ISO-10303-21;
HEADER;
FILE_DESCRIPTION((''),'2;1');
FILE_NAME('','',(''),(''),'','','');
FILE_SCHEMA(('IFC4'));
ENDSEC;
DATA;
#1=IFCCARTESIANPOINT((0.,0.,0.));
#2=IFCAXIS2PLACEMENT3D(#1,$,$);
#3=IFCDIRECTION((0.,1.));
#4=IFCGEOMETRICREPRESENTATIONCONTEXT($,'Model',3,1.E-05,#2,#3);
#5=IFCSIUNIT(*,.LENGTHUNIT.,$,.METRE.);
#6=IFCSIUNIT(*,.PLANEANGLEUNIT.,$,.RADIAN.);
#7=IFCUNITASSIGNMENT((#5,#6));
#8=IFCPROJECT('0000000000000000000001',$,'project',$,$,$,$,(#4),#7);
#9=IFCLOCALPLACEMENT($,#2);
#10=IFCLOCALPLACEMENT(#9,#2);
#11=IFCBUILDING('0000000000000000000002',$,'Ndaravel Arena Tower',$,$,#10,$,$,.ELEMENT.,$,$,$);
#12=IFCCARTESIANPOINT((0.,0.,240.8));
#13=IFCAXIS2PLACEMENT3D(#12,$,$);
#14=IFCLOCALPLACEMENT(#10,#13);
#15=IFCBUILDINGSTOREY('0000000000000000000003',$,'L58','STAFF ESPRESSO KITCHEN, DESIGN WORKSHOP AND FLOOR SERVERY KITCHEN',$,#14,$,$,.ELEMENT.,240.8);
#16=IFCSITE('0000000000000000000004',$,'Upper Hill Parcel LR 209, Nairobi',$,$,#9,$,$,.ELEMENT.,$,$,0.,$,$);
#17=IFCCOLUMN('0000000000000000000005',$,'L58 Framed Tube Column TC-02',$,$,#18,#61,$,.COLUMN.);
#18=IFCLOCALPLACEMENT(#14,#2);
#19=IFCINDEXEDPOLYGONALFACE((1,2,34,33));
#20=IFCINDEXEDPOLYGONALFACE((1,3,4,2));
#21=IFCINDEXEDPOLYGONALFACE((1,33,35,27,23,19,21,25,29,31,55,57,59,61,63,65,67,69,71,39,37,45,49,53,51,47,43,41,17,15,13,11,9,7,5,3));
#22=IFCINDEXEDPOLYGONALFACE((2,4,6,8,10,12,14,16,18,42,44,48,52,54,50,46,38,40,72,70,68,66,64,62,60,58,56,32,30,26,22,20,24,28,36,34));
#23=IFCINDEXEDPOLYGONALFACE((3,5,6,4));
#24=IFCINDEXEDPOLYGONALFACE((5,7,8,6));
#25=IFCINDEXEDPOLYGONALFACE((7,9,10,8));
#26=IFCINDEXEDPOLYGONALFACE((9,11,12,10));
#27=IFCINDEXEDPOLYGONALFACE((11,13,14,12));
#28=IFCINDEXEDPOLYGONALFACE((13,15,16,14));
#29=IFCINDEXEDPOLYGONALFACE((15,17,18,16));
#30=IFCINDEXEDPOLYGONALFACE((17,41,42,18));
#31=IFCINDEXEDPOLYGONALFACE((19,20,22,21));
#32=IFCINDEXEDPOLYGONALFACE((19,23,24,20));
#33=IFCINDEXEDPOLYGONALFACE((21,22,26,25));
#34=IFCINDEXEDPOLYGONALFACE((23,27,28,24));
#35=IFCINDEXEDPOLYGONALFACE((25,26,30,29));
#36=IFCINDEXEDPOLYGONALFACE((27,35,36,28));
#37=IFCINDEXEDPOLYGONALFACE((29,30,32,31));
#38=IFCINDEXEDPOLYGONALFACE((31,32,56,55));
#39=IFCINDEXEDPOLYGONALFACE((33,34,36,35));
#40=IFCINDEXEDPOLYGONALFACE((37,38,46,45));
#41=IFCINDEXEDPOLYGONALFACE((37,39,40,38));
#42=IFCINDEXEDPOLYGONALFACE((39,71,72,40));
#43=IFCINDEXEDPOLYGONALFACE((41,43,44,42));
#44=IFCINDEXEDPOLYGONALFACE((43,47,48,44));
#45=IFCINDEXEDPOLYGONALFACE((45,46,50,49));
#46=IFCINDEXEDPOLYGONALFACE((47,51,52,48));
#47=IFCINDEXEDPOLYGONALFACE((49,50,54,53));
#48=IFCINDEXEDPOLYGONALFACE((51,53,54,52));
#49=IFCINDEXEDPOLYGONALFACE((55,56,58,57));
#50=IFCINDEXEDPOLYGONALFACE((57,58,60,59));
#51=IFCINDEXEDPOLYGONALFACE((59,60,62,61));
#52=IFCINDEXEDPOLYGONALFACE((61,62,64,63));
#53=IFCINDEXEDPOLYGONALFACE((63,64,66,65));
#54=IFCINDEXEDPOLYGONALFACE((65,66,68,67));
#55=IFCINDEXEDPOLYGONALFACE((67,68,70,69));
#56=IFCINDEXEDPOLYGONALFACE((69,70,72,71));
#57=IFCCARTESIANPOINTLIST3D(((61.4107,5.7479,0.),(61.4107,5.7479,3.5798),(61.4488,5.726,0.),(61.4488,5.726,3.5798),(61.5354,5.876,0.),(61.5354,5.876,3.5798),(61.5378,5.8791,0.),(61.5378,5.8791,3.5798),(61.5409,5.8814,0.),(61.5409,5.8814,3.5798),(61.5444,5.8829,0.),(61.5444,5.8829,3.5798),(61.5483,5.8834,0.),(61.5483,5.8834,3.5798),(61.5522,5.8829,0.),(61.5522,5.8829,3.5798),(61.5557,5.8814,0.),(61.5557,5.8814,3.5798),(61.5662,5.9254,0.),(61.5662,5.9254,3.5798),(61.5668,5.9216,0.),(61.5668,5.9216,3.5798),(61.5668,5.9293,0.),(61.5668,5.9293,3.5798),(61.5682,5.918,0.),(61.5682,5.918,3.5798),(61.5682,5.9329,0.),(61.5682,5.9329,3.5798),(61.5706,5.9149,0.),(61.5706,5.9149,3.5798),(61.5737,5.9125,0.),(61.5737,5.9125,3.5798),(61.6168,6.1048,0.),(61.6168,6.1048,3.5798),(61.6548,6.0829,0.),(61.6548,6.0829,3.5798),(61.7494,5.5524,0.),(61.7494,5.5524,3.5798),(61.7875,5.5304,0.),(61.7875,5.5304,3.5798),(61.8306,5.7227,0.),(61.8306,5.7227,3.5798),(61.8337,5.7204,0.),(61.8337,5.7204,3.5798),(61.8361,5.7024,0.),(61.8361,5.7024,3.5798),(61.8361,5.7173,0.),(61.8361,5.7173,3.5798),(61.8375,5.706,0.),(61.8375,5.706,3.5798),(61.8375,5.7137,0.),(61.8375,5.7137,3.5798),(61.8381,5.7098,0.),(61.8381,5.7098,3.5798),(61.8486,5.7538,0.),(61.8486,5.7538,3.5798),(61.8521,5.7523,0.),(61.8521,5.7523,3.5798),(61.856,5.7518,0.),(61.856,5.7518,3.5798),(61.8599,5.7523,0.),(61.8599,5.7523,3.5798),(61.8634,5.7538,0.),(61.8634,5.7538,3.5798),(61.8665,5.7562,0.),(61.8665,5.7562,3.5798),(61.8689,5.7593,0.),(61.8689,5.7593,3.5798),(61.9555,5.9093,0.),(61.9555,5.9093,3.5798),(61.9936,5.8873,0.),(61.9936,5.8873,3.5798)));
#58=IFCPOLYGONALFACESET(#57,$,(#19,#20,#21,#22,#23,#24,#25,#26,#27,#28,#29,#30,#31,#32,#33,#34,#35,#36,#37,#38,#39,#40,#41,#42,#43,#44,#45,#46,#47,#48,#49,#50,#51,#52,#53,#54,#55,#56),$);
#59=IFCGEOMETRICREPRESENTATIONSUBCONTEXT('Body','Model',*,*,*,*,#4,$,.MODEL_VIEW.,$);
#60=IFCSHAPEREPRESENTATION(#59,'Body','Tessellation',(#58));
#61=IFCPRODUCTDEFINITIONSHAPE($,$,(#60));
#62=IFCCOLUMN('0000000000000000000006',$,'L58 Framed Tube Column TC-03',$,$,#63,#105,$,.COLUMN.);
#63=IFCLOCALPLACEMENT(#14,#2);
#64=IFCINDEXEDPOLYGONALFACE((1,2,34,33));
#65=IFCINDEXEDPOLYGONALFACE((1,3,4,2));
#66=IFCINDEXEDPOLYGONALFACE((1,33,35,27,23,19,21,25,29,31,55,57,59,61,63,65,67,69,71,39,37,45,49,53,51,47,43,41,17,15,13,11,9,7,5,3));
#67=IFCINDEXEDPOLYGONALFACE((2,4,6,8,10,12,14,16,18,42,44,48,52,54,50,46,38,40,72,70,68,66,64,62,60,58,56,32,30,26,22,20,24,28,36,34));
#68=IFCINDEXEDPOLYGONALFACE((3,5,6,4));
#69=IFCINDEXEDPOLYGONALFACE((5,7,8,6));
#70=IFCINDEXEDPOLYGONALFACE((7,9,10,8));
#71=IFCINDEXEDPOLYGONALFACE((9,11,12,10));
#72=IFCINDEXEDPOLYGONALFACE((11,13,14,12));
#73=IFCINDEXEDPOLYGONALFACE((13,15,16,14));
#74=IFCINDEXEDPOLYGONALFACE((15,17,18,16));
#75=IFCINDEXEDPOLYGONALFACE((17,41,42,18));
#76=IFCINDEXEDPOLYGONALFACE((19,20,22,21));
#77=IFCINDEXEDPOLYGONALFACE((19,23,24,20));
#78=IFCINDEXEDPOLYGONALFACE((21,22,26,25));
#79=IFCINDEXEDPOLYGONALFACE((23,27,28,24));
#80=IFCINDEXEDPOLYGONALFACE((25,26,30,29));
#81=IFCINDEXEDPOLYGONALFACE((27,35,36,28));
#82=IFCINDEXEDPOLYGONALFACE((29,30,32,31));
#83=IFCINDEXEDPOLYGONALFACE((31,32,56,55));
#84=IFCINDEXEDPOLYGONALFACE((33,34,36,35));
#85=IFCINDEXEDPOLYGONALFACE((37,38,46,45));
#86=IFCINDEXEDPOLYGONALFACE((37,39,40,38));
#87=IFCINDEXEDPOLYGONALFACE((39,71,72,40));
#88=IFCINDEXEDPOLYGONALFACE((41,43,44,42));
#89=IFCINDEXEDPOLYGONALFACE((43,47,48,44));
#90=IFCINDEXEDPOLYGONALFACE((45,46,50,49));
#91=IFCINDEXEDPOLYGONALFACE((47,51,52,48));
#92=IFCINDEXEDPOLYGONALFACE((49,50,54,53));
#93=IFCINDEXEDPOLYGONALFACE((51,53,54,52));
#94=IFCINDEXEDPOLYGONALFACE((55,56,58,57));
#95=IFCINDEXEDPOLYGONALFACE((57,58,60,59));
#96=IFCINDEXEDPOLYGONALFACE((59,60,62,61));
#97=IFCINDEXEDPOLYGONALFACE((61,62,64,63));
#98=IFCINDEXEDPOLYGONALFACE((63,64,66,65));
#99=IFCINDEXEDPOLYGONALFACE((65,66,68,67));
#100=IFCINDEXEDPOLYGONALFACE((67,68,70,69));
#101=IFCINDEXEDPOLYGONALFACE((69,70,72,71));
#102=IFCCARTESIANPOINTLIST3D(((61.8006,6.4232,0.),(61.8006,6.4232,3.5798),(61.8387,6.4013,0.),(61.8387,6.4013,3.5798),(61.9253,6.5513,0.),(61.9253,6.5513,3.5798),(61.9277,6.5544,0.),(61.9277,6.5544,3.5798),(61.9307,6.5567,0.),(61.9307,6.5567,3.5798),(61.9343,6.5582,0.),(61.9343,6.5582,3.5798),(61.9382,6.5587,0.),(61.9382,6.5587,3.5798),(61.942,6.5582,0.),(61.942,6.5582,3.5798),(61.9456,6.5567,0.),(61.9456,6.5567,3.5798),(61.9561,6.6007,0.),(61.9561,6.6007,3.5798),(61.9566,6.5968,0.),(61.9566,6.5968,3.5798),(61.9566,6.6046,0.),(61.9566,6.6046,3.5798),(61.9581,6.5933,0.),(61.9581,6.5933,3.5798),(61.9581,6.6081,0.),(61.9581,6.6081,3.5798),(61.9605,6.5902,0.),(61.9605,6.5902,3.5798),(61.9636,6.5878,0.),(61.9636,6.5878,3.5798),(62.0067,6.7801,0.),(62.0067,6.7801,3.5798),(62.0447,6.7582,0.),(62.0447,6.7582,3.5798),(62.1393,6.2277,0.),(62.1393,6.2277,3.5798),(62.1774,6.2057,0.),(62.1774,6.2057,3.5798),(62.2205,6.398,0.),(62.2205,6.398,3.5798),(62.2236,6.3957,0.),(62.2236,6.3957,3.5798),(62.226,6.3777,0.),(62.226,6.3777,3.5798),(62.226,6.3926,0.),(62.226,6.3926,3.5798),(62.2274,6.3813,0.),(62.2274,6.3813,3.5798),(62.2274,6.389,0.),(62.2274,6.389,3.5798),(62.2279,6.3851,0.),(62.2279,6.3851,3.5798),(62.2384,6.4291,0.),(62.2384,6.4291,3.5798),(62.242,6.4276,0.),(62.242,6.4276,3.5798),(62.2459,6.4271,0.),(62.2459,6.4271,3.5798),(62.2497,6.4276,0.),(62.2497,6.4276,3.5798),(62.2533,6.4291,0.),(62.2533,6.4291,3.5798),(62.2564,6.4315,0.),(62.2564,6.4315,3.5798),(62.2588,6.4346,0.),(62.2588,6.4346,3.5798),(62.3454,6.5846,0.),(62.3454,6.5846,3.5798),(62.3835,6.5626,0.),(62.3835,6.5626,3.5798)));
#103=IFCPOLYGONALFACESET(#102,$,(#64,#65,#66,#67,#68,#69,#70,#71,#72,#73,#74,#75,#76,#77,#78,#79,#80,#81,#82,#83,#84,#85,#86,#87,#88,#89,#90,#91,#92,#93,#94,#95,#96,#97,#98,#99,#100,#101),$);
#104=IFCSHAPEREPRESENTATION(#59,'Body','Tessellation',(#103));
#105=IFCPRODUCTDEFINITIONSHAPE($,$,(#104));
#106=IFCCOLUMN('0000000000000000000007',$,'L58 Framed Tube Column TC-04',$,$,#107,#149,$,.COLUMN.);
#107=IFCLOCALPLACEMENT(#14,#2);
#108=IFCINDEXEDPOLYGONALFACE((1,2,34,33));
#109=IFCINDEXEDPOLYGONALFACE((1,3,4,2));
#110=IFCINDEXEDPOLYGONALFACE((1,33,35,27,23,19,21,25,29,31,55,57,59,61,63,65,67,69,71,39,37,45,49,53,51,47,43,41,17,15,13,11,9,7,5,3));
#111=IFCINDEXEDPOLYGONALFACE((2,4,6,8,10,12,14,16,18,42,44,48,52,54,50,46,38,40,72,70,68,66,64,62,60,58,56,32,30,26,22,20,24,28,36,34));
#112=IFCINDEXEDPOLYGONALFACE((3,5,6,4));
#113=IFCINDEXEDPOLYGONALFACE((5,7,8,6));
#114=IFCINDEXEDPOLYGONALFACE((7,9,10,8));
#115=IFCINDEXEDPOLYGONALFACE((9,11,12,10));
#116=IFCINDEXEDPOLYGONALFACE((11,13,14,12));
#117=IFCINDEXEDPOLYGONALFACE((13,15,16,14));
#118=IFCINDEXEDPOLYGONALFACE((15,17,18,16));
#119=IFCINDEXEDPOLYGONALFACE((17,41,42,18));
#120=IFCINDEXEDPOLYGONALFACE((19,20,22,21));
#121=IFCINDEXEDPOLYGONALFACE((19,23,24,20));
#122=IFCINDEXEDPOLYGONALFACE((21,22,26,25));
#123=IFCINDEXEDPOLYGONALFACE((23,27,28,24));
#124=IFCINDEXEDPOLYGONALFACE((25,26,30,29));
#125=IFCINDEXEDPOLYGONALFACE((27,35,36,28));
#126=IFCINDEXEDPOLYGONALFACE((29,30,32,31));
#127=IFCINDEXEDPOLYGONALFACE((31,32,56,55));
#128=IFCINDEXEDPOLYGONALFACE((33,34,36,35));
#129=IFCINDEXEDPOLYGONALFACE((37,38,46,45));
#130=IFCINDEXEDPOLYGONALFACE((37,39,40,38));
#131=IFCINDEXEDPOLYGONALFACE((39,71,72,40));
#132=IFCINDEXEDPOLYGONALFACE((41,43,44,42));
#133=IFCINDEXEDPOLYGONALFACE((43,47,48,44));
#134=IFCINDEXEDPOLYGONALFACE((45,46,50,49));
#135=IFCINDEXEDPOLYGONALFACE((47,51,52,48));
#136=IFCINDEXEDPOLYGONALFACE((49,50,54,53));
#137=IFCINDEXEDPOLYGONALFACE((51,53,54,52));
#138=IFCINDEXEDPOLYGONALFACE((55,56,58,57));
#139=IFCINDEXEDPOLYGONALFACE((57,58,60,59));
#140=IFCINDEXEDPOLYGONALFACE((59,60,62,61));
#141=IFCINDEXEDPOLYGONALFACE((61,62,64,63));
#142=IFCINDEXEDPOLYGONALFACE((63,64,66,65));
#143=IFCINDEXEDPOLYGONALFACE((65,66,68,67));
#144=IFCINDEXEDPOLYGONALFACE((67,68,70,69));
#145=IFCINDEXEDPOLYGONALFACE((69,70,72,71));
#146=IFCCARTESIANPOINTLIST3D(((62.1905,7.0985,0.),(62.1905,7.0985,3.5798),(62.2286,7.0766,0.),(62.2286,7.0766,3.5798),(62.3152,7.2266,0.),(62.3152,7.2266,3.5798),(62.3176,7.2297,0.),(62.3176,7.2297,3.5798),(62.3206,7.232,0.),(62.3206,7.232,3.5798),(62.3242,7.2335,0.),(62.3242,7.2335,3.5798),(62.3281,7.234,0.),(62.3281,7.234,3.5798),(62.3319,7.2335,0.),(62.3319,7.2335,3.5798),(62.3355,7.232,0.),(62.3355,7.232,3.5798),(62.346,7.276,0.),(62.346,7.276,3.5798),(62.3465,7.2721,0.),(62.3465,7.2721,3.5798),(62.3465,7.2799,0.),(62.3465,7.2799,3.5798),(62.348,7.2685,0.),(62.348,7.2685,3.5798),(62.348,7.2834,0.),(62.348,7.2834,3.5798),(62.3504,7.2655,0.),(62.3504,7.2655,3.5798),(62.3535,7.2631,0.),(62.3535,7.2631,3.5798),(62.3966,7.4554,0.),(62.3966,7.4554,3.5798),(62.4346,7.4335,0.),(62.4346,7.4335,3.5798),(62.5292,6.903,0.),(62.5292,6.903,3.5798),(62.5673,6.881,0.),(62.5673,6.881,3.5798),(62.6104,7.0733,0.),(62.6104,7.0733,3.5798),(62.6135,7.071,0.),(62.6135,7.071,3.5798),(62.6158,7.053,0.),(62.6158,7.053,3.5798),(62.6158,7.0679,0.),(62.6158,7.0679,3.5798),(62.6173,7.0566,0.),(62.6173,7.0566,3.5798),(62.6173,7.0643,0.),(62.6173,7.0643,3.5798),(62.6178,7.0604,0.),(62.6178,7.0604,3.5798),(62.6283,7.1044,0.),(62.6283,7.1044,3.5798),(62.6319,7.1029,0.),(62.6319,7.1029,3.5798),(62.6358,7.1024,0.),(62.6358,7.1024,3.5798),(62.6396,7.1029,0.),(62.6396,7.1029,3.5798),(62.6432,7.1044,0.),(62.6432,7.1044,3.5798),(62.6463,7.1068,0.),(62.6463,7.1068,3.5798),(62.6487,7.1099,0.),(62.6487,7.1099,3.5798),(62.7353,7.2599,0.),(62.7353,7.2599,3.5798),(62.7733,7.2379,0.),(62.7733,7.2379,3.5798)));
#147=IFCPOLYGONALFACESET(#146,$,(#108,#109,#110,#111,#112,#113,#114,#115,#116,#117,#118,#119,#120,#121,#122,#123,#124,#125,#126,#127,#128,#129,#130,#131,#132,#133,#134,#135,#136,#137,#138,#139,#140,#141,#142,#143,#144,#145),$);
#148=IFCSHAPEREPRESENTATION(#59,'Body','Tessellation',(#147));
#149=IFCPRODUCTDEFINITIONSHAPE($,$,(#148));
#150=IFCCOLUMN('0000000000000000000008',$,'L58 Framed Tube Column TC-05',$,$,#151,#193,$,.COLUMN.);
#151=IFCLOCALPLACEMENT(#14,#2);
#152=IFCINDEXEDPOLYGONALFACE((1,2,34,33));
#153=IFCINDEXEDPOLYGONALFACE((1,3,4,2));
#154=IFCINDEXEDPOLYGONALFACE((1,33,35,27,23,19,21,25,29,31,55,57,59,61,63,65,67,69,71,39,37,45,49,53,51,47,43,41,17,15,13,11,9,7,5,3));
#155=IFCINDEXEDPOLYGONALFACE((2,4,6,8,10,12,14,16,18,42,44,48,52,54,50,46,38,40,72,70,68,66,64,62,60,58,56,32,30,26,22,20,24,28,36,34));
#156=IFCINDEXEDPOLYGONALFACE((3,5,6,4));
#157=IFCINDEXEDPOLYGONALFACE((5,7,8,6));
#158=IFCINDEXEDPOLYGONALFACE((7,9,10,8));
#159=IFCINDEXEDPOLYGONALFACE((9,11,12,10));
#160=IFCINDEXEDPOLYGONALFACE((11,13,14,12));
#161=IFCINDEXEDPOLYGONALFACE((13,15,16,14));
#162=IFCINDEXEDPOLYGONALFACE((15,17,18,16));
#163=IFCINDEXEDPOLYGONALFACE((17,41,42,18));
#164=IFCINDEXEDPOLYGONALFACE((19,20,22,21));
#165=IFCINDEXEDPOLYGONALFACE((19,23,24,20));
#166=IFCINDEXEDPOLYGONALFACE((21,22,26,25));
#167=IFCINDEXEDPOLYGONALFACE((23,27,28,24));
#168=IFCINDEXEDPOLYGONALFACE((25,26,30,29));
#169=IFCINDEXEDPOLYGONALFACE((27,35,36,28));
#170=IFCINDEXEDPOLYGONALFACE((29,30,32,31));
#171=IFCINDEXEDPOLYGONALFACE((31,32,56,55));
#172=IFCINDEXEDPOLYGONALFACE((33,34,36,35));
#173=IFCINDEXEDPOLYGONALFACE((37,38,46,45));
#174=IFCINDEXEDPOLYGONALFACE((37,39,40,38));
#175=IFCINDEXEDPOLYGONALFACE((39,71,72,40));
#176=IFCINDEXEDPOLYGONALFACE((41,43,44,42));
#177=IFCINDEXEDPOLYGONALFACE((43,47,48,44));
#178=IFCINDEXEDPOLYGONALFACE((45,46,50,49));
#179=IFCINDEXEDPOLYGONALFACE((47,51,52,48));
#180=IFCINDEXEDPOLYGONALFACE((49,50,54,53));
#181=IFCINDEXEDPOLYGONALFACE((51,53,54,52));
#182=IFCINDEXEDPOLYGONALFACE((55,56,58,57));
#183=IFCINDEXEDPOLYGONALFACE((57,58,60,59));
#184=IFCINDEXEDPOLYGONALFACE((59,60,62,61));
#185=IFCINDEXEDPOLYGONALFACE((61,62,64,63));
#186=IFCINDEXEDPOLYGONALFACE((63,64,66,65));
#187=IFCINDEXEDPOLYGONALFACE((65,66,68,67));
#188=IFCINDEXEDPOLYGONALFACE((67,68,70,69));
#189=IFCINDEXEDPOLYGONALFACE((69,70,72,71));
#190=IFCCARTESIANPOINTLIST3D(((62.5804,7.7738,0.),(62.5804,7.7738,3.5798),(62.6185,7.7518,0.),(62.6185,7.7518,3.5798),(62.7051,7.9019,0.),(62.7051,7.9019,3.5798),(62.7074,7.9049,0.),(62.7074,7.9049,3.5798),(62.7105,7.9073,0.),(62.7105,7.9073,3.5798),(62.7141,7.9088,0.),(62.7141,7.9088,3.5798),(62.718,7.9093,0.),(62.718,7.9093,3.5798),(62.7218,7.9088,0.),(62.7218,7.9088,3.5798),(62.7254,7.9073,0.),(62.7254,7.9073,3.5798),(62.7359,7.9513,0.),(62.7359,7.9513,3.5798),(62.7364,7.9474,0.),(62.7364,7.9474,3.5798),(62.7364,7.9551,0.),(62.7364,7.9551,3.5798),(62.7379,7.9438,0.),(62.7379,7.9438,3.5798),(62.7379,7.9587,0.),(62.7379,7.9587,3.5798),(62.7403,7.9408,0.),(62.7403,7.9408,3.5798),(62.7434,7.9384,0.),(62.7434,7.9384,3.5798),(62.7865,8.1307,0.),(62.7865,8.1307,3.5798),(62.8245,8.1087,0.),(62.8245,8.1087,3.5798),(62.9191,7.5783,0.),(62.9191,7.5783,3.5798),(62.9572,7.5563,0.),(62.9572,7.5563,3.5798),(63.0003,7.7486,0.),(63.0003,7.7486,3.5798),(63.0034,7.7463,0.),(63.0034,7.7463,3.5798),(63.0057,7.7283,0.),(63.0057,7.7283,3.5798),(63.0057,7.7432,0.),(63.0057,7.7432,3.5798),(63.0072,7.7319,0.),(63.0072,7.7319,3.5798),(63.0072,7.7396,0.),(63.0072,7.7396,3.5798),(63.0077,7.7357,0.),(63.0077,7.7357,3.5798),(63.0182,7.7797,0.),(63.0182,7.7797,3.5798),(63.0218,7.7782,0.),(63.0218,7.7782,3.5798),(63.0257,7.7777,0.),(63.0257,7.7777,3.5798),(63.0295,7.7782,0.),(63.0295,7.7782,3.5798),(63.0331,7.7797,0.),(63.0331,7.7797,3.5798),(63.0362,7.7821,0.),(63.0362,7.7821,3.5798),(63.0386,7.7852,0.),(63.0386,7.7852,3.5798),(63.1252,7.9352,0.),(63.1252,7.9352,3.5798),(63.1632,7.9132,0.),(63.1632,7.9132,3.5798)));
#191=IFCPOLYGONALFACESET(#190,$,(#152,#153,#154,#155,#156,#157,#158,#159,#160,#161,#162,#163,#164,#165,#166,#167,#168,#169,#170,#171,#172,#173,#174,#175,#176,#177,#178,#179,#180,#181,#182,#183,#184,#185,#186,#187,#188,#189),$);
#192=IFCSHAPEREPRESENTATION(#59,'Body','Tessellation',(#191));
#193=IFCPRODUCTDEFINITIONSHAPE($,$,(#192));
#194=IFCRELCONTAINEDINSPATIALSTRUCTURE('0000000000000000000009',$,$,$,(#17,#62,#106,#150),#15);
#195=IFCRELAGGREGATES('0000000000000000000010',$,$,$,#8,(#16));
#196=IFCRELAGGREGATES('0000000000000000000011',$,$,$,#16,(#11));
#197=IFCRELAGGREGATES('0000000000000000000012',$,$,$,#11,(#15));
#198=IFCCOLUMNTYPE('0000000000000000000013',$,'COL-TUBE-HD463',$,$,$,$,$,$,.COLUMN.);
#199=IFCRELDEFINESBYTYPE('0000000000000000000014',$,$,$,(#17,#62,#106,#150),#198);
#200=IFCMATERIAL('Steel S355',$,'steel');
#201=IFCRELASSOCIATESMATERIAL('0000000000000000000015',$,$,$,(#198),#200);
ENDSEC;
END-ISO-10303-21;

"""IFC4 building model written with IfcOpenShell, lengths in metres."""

from ifc_helpers import new_model, si_unit, direction, frame, origin, origin_2d, place, context, subcontext, project, spatial, i_section, extrude, material, material_profile, profile_set, type_object, element, save


model = new_model("IFC4")

# Units and contexts
model_context = context("Model", 3, precision=1e-05, world=origin(), true_north=direction((0.0, 1.0)))
body_context = subcontext(model_context, "Body", "Model", "MODEL_VIEW")
ifc_project = project(units=[si_unit("LENGTHUNIT", "METRE"), si_unit("PLANEANGLEUNIT", "RADIAN")], contexts=[model_context])

# Site, building, storey
site_placement = place(None, origin())
site = spatial("IfcSite", under=ifc_project, at=site_placement, Name="Upper Hill Parcel LR 209, Nairobi", CompositionType="ELEMENT", RefElevation=0.0)
building_placement = place(site_placement, origin())
building = spatial("IfcBuilding", under=site, at=building_placement, Name="Ndaravel Arena Tower", CompositionType="ELEMENT")
storey_placement = place(building_placement, frame((0.0, 0.0, 240.8)))
storey = spatial("IfcBuildingStorey", under=building, at=storey_placement, Name="L58", Description="STAFF ESPRESSO KITCHEN, DESIGN WORKSHOP AND FLOOR SERVERY KITCHEN", CompositionType="ELEMENT", Elevation=240.8)

# Columns
ifc_material_1 = material(Name="Steel S355", Category="steel")
ifc_material_profile_1 = material_profile(ifc_material_1, i_section(OverallWidth=0.4121, OverallDepth=0.4351, WebThickness=0.0359, FlangeThickness=0.0439, FilletRadius=0.0149, at=origin_2d()), Name="HD 400x463")
ifc_profile_set_1 = profile_set([ifc_material_profile_1], Name="Steel S355")
column_type = type_object("IfcColumnType", Name="COL-TUBE-HD463", PredefinedType="COLUMN", material=ifc_profile_set_1)
for number, where, z_axis, x_axis, name in (
    (1, (61.7021, 5.8176, 0.0), (0.0, 0.0, 1.0), (0.5, 0.866025, 0.0), "L58 Framed Tube Column TC-02"),
    (2, (62.092, 6.4929, 0.0), (0.0, 0.0, 1.0), (0.5, 0.866025, 0.0), "L58 Framed Tube Column TC-03"),
    (3, (62.4819, 7.1682, 0.0), (0.0, 0.0, 1.0), (0.5, 0.866025, 0.0), "L58 Framed Tube Column TC-04"),
    (4, (62.8718, 7.8435, 0.0), (0.0, 0.0, 1.0), (0.5, 0.866025, 0.0), "L58 Framed Tube Column TC-05"),
):
    element("IfcColumn", number, at=place(storey_placement, frame(where, z_axis=z_axis, x_axis=x_axis)), inside=storey, type_object=column_type, Name=name, PredefinedType="COLUMN", context=body_context, shape_type="SweptSolid", body=[
        extrude(i_section(OverallWidth=0.4121, OverallDepth=0.4351, WebThickness=0.0359, FlangeThickness=0.0439, FilletRadius=0.0149, at=origin_2d()), origin(), (0.0, 0.0, 1.0), 3.5798),
    ])

save(model, "model.ifc")
